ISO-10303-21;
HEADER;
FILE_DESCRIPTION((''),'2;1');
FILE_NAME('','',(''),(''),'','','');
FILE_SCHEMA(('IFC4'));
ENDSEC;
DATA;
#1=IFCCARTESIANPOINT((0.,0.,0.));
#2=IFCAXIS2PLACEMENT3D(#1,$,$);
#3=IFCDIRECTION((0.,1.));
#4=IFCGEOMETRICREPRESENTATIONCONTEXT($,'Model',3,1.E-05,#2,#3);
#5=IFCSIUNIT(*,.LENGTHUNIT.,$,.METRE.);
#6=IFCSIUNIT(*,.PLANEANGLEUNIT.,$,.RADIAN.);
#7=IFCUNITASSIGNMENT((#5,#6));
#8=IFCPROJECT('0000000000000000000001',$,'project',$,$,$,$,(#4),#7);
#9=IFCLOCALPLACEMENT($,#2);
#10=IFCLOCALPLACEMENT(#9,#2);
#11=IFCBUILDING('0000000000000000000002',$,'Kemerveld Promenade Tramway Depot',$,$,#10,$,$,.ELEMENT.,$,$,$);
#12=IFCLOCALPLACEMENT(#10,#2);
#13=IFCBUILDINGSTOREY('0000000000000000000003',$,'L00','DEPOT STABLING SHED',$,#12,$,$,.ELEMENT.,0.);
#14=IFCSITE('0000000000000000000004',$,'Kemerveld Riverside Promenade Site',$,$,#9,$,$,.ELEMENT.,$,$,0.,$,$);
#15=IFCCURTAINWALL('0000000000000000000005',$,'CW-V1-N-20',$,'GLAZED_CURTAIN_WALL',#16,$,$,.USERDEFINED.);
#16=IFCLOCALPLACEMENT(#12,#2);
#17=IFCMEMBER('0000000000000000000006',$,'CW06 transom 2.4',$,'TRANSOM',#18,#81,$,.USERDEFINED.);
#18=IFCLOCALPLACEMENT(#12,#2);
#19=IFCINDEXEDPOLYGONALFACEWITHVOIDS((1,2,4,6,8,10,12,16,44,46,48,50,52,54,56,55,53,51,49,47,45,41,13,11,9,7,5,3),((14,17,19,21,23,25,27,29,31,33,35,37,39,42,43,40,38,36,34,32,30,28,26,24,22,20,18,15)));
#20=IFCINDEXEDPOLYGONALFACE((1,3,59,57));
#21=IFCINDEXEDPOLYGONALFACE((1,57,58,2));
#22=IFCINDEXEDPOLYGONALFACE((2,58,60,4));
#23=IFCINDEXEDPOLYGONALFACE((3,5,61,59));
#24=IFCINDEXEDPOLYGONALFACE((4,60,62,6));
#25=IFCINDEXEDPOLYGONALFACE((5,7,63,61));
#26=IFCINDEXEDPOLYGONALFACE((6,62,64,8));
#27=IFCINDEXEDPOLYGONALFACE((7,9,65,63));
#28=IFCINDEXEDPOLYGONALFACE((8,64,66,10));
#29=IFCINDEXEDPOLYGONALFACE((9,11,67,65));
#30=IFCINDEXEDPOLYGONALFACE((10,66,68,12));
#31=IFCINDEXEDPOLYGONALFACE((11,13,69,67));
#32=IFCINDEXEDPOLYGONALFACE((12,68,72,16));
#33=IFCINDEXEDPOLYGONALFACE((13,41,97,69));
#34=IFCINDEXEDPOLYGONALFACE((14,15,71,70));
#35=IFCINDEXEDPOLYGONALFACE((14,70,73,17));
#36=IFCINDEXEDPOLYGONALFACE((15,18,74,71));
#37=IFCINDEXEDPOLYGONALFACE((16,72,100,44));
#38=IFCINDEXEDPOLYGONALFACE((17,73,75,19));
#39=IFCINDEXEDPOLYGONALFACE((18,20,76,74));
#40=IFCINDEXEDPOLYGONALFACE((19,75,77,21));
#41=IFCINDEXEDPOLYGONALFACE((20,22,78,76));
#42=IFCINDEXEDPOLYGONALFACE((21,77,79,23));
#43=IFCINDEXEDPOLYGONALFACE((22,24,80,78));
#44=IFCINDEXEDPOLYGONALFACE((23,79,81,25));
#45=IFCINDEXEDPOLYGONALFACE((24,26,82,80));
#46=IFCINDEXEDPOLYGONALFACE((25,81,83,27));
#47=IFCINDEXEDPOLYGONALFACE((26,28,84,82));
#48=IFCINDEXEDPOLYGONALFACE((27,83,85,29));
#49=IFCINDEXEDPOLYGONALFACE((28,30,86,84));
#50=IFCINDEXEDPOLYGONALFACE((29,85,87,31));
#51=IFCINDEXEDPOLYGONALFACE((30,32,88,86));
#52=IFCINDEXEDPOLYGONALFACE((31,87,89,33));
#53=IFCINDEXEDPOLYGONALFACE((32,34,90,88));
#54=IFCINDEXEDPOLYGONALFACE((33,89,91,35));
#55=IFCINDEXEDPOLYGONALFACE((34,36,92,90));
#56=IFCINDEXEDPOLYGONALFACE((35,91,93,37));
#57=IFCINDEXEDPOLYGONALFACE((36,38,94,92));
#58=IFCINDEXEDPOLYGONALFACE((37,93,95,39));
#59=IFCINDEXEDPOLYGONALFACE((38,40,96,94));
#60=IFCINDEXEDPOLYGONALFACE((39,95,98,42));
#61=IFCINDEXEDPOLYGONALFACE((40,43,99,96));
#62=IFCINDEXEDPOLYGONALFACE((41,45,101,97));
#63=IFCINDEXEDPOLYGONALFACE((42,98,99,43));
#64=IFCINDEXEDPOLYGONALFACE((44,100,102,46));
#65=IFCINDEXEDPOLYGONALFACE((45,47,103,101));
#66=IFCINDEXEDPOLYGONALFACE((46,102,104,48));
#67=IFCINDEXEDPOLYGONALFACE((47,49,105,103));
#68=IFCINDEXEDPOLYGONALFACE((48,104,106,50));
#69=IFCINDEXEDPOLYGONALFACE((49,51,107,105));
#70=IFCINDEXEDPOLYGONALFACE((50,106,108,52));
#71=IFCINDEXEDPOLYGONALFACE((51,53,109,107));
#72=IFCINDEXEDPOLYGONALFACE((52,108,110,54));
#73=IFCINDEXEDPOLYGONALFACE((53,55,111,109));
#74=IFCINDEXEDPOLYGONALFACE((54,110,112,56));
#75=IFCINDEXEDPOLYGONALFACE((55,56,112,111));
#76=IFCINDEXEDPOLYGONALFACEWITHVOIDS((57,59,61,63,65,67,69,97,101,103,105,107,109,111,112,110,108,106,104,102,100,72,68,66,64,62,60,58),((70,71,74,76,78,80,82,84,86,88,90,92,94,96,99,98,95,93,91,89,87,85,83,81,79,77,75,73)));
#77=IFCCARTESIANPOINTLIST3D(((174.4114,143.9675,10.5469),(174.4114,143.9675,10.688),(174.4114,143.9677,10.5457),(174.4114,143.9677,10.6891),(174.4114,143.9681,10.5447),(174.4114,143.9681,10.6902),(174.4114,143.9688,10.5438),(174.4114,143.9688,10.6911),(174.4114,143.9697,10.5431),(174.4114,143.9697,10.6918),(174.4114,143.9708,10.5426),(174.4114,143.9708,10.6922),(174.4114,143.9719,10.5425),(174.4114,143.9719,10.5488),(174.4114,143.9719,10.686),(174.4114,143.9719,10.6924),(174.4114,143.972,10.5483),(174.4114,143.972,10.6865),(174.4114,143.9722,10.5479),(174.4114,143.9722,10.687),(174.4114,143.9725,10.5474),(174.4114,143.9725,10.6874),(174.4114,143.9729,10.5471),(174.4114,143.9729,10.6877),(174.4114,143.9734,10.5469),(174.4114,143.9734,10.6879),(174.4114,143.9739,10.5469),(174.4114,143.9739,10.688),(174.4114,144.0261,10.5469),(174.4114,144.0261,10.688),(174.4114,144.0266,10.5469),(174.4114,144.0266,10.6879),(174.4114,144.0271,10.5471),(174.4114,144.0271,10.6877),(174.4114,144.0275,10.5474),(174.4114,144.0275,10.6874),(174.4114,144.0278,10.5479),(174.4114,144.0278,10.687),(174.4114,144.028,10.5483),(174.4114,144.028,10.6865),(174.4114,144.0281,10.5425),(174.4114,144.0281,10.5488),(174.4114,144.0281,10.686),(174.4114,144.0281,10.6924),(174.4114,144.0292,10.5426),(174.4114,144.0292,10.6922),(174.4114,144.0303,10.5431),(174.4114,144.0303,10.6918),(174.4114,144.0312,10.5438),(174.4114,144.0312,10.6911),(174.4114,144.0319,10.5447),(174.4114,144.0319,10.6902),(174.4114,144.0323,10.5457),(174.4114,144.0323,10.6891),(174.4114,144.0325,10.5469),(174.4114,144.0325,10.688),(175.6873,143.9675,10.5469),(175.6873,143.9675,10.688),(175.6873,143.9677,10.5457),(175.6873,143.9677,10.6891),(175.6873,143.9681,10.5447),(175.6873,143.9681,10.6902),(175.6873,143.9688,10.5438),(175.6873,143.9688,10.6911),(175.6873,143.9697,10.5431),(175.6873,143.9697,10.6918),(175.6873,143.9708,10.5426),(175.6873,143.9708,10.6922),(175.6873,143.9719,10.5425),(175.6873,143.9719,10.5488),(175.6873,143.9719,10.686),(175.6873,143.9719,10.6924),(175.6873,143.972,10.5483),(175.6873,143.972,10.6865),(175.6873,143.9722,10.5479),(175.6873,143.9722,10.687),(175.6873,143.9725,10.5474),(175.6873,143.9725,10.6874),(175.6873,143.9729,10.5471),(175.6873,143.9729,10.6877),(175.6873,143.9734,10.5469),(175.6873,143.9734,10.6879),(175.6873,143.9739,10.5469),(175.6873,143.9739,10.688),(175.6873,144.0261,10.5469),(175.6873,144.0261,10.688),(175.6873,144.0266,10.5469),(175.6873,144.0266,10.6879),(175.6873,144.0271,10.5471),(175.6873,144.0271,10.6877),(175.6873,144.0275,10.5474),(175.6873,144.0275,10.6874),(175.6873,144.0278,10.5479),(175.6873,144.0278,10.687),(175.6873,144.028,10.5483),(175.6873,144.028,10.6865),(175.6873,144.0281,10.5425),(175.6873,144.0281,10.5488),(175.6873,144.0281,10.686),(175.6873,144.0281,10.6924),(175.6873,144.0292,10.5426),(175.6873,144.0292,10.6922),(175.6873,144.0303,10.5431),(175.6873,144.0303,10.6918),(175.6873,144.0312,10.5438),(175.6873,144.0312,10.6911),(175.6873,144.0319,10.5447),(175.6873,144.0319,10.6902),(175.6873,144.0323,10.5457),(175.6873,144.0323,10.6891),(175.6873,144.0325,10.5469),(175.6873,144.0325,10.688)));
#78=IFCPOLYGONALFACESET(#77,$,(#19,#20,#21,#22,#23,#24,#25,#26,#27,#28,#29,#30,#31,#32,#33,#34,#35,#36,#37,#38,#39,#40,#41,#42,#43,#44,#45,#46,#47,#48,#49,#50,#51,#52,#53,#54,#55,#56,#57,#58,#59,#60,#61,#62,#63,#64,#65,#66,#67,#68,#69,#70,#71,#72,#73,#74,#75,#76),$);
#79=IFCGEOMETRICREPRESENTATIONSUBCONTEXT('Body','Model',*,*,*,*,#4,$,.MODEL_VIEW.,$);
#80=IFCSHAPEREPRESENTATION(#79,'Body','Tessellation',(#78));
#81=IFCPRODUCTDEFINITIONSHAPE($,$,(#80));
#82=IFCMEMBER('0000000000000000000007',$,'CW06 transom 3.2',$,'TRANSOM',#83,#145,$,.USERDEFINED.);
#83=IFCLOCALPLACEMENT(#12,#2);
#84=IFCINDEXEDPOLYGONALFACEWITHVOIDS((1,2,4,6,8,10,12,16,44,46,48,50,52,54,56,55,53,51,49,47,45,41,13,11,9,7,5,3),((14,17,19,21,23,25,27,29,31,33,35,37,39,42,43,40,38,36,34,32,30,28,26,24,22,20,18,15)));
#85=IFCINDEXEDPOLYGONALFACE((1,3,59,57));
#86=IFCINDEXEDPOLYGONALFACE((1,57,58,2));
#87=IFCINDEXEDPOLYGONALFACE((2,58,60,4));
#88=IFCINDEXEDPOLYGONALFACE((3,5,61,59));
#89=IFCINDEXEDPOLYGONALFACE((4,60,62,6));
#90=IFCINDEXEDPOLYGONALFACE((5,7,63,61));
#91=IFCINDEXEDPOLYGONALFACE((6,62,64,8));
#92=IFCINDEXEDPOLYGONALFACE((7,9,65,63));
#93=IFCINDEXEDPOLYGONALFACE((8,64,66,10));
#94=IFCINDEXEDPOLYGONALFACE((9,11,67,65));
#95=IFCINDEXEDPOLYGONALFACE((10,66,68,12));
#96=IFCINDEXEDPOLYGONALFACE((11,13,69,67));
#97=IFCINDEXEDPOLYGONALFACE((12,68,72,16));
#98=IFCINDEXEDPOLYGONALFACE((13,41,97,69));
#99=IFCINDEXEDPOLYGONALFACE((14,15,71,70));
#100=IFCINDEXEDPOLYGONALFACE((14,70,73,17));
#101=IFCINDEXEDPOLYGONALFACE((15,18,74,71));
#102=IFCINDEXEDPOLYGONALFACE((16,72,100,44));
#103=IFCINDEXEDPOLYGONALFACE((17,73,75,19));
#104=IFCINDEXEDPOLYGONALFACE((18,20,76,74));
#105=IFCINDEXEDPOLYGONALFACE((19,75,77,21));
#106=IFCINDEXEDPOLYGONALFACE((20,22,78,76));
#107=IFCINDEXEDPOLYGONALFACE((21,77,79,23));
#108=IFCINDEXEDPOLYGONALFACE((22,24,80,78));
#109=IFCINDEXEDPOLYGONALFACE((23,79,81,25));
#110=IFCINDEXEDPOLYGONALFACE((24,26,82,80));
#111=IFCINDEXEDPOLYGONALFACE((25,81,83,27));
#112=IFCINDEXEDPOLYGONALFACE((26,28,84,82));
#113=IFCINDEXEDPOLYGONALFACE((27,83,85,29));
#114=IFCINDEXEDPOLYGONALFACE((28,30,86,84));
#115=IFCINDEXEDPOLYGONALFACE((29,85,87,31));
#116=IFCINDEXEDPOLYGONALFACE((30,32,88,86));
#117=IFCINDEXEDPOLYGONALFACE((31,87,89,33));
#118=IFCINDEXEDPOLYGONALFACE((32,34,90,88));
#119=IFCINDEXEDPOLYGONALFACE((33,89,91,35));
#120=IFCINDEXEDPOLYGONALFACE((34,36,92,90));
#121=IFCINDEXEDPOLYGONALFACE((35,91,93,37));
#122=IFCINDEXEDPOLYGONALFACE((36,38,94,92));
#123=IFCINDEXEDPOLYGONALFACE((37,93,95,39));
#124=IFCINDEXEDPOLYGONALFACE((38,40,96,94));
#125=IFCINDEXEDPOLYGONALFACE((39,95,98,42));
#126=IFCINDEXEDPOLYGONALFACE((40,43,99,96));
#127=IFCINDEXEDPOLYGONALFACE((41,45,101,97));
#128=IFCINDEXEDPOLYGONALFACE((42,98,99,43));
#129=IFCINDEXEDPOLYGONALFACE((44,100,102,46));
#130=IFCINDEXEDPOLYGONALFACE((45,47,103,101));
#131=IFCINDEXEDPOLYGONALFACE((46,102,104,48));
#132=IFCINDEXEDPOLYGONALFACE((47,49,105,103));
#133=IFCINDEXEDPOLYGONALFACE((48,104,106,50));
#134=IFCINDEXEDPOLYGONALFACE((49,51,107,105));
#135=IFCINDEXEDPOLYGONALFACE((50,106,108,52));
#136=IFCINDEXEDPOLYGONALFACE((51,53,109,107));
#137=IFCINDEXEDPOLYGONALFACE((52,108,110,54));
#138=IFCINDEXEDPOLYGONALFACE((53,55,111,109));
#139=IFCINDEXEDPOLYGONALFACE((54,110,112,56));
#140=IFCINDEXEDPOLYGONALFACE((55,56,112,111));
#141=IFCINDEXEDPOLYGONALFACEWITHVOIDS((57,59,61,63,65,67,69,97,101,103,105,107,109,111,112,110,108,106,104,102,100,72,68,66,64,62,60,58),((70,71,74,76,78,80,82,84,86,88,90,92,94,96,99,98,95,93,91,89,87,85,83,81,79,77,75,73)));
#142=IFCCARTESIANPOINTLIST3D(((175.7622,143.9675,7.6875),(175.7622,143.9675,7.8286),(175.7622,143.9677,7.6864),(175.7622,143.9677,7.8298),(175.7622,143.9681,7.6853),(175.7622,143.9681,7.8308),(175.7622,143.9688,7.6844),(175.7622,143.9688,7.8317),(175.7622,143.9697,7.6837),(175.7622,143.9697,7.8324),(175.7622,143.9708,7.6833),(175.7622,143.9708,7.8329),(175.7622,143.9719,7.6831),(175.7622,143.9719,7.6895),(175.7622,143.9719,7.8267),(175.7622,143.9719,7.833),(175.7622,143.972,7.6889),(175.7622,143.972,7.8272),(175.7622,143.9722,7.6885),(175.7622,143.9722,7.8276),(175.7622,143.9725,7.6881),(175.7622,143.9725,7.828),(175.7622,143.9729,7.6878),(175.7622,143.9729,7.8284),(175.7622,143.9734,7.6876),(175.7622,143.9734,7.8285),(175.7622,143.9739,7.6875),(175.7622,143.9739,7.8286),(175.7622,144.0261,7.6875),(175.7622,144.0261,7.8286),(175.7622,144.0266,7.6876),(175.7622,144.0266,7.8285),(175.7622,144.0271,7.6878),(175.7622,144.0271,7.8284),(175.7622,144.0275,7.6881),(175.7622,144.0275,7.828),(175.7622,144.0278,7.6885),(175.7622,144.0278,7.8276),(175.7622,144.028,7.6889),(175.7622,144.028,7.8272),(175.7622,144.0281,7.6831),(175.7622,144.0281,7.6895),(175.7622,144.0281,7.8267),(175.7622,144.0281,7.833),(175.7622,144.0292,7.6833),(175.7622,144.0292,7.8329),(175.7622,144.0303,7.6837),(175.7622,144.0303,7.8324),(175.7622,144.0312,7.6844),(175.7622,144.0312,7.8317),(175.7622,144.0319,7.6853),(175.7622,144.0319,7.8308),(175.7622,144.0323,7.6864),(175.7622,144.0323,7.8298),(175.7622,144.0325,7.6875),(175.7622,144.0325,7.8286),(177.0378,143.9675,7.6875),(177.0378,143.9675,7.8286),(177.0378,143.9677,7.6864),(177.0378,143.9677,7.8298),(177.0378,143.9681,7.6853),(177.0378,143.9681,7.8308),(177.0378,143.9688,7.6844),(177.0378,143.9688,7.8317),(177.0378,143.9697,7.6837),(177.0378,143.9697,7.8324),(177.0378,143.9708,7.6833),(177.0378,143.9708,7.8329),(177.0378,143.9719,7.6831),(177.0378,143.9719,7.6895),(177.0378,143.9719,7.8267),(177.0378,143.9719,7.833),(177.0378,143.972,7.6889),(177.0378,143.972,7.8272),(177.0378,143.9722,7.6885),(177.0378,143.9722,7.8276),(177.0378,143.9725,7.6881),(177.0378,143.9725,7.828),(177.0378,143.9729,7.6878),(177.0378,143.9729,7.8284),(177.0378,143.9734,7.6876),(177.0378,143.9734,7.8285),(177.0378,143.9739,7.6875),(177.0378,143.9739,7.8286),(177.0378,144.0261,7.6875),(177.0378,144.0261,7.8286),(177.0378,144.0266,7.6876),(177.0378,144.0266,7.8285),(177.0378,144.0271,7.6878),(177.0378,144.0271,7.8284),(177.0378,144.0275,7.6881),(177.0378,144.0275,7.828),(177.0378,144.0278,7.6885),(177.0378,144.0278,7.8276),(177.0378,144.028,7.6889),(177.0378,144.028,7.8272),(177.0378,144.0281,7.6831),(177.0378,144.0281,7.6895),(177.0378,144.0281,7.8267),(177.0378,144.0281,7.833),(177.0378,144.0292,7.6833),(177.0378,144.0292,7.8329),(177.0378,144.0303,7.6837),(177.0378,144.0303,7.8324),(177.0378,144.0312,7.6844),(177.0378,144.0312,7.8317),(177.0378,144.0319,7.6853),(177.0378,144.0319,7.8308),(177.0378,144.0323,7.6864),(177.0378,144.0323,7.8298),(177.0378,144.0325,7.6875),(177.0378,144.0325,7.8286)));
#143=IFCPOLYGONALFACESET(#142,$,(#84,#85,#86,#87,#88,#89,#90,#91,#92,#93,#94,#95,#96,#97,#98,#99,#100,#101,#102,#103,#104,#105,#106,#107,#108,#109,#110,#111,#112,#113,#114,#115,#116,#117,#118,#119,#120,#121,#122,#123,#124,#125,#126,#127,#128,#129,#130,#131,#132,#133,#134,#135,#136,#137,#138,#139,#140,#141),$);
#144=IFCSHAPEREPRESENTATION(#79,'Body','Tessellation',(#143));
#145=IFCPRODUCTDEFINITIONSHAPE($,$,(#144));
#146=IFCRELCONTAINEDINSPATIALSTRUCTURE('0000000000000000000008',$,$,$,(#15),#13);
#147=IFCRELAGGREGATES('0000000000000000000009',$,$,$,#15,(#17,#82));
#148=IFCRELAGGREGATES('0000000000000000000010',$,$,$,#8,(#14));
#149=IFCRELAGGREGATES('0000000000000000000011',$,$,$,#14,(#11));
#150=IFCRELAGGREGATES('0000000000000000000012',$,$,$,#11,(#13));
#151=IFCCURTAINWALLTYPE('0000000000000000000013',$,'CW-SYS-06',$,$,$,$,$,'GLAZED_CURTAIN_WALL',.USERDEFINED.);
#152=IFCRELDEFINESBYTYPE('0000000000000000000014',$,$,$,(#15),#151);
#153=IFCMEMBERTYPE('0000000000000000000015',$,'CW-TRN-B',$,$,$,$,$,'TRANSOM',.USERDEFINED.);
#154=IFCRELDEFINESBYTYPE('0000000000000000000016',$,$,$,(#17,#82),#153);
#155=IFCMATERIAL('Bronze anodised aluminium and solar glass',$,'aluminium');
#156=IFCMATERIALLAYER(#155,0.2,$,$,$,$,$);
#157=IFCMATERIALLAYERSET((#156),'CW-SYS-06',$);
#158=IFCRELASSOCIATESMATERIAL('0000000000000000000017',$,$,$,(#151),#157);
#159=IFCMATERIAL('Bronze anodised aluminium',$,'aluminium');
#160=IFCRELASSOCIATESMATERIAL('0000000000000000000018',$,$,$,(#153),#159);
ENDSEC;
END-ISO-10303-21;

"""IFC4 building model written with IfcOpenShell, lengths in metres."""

from ifc_helpers import new_model, si_unit, direction, frame, origin, origin_2d, place, context, subcontext, project, spatial, hollow_rectangle, extrude, material, layer, layer_set, material_profile, profile_set, type_object, element, aggregate, save


model = new_model("IFC4")

# Units and contexts
model_context = context("Model", 3, precision=1e-05, world=origin(), true_north=direction((0.0, 1.0)))
body_context = subcontext(model_context, "Body", "Model", "MODEL_VIEW")
ifc_project = project(units=[si_unit("LENGTHUNIT", "METRE"), si_unit("PLANEANGLEUNIT", "RADIAN")], contexts=[model_context])

# Site, building, storey
site_placement = place(None, origin())
site = spatial("IfcSite", under=ifc_project, at=site_placement, Name="Kemerveld Riverside Promenade Site", CompositionType="ELEMENT", RefElevation=0.0)
building_placement = place(site_placement, origin())
building = spatial("IfcBuilding", under=site, at=building_placement, Name="Kemerveld Promenade Tramway Depot", CompositionType="ELEMENT")
storey_placement = place(building_placement, origin())
storey = spatial("IfcBuildingStorey", under=building, at=storey_placement, Name="L00", Description="DEPOT STABLING SHED", CompositionType="ELEMENT", Elevation=0.0)

# Curtain wall, members
ifc_material_1 = material(Name="Bronze anodised aluminium and solar glass", Category="aluminium")
ifc_material_2 = material(Name="Bronze anodised aluminium", Category="aluminium")
ifc_layer_1 = layer(ifc_material_1, 0.2)
ifc_layer_set_1 = layer_set([ifc_layer_1], Name="CW-SYS-06")
curtain_wall_type_1 = type_object("IfcCurtainWallType", Name="CW-SYS-06", ElementType="GLAZED_CURTAIN_WALL", PredefinedType="USERDEFINED", material=ifc_layer_set_1)
curtain_wall_1_placement = place(storey_placement, origin())
curtain_wall_1 = element("IfcCurtainWall", 1, at=curtain_wall_1_placement, inside=storey, type_object=curtain_wall_type_1, Name="CW-V1-N-20", ObjectType="GLAZED_CURTAIN_WALL", PredefinedType="USERDEFINED")
ifc_material_profile_1 = material_profile(ifc_material_2, hollow_rectangle(XDim=0.0649, YDim=0.1499, WallThickness=0.0044, InnerFilletRadius=0.002, OuterFilletRadius=0.0044, at=origin_2d()), Name="CW-TRN-150x65")
ifc_profile_set_1 = profile_set([ifc_material_profile_1], Name="Bronze anodised aluminium")
member_type_1 = type_object("IfcMemberType", Name="CW-TRN-B", ElementType="TRANSOM", PredefinedType="USERDEFINED", material=ifc_profile_set_1)
member_1_placement = place(storey_placement, frame((174.4114, 144.0, 10.6174), z_axis=(1.0, 0.0, 0.0), x_axis=(0.0, 1.0, 0.0)))
member_1 = element("IfcMember", 2, at=member_1_placement, type_object=member_type_1, Name="CW06 transom 2.4", ObjectType="TRANSOM", PredefinedType="USERDEFINED", context=body_context, shape_type="SweptSolid", body=[
    extrude(hollow_rectangle(XDim=0.0649, YDim=0.1499, WallThickness=0.0044, InnerFilletRadius=0.002, OuterFilletRadius=0.0044, at=origin_2d()), origin(), (0.0, 0.0, 1.0), 1.2759),
])
member_2_placement = place(storey_placement, frame((175.7622, 144.0, 7.7581), z_axis=(1.0, 0.0, 0.0), x_axis=(0.0, 1.0, 0.0)))
member_2 = element("IfcMember", 3, at=member_2_placement, type_object=member_type_1, Name="CW06 transom 3.2", ObjectType="TRANSOM", PredefinedType="USERDEFINED", context=body_context, shape_type="SweptSolid", body=[
    extrude(hollow_rectangle(XDim=0.0649, YDim=0.1499, WallThickness=0.0044, InnerFilletRadius=0.002, OuterFilletRadius=0.0044, at=origin_2d()), origin(), (0.0, 0.0, 1.0), 1.2756),
])

aggregate(curtain_wall_1, [member_1, member_2])

save(model, "model.ifc")
